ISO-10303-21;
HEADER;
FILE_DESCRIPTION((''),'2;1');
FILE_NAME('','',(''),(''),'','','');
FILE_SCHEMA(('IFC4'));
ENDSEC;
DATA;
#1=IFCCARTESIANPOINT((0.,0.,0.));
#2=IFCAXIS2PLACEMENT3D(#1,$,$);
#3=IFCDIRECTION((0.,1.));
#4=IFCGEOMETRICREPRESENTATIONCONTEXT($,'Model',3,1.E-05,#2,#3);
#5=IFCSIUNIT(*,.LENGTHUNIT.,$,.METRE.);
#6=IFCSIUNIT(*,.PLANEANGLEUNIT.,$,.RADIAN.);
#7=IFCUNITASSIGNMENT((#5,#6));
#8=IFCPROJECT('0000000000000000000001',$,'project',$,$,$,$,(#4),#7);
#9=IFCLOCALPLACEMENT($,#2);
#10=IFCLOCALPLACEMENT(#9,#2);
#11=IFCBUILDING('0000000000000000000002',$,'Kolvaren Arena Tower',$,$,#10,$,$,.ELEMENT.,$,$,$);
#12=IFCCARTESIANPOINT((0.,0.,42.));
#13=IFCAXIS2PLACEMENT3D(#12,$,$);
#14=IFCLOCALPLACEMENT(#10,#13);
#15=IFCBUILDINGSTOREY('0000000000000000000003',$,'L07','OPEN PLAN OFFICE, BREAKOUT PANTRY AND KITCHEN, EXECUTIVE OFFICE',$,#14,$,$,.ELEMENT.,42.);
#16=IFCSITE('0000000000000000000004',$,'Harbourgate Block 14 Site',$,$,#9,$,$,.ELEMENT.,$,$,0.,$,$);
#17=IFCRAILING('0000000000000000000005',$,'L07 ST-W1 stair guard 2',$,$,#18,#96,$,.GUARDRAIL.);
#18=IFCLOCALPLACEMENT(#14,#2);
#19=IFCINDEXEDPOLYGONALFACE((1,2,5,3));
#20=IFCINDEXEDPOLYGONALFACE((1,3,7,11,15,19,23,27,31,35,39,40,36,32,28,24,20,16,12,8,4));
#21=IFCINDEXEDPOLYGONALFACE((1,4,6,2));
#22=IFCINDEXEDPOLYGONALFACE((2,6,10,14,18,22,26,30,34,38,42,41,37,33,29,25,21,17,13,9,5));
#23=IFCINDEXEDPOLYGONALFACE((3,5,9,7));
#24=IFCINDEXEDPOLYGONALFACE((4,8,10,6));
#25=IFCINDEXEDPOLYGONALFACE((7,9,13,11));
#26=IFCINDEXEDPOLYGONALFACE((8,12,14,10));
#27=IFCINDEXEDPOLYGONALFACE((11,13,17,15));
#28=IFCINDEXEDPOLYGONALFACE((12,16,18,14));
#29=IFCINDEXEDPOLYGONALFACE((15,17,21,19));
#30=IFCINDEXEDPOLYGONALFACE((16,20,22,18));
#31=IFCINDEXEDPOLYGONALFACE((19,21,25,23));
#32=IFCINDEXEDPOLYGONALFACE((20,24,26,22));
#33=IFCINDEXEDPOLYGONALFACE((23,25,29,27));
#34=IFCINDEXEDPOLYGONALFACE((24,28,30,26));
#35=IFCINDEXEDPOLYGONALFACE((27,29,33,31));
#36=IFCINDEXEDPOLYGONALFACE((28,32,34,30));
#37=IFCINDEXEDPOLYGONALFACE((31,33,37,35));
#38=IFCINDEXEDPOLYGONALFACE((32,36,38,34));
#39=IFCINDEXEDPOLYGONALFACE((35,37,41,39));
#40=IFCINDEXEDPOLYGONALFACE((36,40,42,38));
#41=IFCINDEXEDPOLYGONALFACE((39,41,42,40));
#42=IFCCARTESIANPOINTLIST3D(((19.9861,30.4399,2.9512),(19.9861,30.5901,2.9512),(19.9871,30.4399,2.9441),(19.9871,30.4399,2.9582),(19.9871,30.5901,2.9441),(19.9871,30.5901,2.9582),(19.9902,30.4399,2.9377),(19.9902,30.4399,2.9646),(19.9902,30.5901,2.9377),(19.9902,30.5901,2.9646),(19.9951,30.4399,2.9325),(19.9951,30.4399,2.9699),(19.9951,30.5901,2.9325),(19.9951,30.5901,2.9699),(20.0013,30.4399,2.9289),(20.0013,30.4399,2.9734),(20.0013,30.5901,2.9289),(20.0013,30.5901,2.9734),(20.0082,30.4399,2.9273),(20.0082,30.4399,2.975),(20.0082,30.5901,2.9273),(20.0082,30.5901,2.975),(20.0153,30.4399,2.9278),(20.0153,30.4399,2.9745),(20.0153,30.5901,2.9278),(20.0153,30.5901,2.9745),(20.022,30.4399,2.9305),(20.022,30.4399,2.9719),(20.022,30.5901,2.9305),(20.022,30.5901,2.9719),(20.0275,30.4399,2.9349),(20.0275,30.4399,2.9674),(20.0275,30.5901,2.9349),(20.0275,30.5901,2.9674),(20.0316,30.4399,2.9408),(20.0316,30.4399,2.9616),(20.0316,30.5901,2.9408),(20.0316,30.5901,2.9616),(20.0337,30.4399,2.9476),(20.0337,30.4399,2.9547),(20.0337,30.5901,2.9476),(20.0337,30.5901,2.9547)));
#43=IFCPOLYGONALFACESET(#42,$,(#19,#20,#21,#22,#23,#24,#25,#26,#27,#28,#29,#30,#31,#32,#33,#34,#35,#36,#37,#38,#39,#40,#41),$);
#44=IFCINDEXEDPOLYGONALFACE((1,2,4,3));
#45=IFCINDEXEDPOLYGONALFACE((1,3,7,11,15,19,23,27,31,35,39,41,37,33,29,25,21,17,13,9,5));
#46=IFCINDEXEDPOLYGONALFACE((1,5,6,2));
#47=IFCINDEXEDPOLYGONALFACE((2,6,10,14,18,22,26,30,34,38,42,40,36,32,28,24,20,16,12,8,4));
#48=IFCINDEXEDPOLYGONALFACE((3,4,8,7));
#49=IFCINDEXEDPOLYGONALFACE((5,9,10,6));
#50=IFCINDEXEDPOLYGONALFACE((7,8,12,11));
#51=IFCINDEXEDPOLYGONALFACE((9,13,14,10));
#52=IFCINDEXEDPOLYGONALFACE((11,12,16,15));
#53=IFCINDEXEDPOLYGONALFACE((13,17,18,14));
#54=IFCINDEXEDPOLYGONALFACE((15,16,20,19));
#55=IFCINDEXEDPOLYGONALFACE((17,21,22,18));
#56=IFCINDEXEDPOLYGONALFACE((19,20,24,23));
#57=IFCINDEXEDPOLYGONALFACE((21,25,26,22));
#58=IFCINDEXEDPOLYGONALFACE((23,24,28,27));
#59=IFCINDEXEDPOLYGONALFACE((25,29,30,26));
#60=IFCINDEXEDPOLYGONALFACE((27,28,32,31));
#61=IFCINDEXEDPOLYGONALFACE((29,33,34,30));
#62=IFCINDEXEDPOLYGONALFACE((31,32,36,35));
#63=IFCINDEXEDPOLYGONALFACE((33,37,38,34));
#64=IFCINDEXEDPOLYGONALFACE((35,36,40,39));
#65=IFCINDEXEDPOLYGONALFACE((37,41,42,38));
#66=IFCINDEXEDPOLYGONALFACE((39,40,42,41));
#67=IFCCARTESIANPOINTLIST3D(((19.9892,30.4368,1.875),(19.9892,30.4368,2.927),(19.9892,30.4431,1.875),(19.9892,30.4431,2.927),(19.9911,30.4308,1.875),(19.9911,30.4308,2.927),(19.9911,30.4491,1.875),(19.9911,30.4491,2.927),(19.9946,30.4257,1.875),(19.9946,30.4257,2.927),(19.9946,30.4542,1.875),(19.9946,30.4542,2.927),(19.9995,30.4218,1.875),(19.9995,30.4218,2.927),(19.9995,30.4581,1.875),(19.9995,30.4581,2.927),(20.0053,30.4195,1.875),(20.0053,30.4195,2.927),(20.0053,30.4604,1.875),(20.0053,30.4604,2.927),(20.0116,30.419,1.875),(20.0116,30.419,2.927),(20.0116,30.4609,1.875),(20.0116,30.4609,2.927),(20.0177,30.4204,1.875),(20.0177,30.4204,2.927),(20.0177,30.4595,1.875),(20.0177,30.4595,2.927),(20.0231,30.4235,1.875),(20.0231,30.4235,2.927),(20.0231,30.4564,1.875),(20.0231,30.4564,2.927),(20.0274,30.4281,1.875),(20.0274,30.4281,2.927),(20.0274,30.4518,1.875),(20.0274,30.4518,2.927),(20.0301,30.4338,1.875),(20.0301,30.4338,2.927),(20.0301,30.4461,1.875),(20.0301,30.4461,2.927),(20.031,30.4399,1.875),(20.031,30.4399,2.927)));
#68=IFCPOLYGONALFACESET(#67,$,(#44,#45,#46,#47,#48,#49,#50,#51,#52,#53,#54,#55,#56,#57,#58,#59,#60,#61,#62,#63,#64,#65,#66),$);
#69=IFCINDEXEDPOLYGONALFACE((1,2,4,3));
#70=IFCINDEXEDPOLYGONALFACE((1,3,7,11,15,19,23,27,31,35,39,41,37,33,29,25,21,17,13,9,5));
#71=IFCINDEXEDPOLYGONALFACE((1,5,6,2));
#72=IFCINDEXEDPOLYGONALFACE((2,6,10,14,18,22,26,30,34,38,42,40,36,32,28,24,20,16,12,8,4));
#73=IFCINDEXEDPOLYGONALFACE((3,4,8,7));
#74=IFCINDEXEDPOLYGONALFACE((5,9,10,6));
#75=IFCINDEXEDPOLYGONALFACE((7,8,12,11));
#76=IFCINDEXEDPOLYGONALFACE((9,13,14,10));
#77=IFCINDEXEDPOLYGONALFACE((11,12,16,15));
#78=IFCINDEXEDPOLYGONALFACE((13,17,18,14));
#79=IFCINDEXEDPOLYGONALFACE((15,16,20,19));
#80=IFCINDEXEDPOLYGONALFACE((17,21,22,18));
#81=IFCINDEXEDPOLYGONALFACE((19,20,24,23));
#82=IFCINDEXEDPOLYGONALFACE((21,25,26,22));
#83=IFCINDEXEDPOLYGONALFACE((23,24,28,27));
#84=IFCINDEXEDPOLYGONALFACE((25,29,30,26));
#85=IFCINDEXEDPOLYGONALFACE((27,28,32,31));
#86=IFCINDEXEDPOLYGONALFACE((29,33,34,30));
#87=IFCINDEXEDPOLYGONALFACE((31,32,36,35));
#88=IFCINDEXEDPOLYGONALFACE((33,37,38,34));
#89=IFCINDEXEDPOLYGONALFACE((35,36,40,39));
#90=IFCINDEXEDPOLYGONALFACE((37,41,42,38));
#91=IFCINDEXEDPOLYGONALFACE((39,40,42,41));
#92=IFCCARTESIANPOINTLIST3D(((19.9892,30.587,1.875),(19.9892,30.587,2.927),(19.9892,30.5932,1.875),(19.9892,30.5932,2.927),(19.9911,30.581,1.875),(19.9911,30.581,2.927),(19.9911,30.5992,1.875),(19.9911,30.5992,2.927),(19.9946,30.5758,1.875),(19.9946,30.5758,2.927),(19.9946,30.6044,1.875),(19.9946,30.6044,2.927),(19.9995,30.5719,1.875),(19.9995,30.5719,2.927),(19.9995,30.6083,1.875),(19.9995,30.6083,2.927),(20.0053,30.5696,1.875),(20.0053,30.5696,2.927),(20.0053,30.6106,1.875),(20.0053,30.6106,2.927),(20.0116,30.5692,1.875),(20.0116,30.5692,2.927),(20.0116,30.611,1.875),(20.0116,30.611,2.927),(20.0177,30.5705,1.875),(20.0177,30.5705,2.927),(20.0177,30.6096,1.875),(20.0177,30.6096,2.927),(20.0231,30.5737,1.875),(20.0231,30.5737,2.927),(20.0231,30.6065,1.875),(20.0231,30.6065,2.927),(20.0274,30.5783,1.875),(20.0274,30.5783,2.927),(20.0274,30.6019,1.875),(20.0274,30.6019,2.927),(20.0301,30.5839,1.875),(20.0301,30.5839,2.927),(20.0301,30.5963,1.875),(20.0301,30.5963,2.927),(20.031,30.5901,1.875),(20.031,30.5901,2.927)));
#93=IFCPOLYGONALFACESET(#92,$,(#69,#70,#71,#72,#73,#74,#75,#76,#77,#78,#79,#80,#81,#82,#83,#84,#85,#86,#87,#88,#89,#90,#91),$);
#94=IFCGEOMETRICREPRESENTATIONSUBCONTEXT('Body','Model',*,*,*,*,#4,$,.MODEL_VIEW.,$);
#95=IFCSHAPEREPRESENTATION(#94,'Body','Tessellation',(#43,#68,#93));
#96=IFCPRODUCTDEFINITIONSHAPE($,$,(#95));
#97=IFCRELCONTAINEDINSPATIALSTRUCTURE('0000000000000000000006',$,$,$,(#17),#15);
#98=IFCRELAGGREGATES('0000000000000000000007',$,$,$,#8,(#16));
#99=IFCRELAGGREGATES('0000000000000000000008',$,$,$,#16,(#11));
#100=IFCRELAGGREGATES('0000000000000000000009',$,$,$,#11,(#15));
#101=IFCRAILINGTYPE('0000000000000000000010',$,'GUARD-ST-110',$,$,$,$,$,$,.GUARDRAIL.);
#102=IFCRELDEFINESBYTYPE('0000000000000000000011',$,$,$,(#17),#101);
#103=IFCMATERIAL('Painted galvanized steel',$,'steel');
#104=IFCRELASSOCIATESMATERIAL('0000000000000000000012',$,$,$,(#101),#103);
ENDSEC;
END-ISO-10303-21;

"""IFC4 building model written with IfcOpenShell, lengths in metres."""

from ifc_helpers import new_model, si_unit, direction, frame, origin, origin_2d, place, context, subcontext, project, spatial, circle, extrude, material, type_object, element, save


model = new_model("IFC4")

# Units and contexts
model_context = context("Model", 3, precision=1e-05, world=origin(), true_north=direction((0.0, 1.0)))
body_context = subcontext(model_context, "Body", "Model", "MODEL_VIEW")
ifc_project = project(units=[si_unit("LENGTHUNIT", "METRE"), si_unit("PLANEANGLEUNIT", "RADIAN")], contexts=[model_context])

# Site, building, storey
site_placement = place(None, origin())
site = spatial("IfcSite", under=ifc_project, at=site_placement, Name="Harbourgate Block 14 Site", CompositionType="ELEMENT", RefElevation=0.0)
building_placement = place(site_placement, origin())
building = spatial("IfcBuilding", under=site, at=building_placement, Name="Kolvaren Arena Tower", CompositionType="ELEMENT")
storey_placement = place(building_placement, frame((0.0, 0.0, 42.0)))
storey = spatial("IfcBuildingStorey", under=building, at=storey_placement, Name="L07", Description="OPEN PLAN OFFICE, BREAKOUT PANTRY AND KITCHEN, EXECUTIVE OFFICE", CompositionType="ELEMENT", Elevation=42.0)

# Railing
ifc_material_1 = material(Name="Painted galvanized steel", Category="steel")
railing_type = type_object("IfcRailingType", Name="GUARD-ST-110", PredefinedType="GUARDRAIL", material=ifc_material_1)
railing_1_placement = place(storey_placement, frame((20.01, 30.4399, 1.875)))
element("IfcRailing", 1, at=railing_1_placement, inside=storey, type_object=railing_type, Name="L07 ST-W1 stair guard 2", PredefinedType="GUARDRAIL", context=body_context, shape_type="SweptSolid", body=[
    extrude(circle(Radius=0.0239, at=origin_2d()), frame((0.0, 0.0, 1.0762), z_axis=(0.0, 1.0, 0.0), x_axis=(-1.0, 0.0, 0.0)), (0.0, 0.0, 1.0), 0.1501),
    extrude(circle(Radius=0.021, at=origin_2d()), origin(), (0.0, 0.0, 1.0), 1.052),
    extrude(circle(Radius=0.021, at=origin_2d()), frame((0.0, 0.1501, 0.0)), (0.0, 0.0, 1.0), 1.052),
])

save(model, "model.ifc")
